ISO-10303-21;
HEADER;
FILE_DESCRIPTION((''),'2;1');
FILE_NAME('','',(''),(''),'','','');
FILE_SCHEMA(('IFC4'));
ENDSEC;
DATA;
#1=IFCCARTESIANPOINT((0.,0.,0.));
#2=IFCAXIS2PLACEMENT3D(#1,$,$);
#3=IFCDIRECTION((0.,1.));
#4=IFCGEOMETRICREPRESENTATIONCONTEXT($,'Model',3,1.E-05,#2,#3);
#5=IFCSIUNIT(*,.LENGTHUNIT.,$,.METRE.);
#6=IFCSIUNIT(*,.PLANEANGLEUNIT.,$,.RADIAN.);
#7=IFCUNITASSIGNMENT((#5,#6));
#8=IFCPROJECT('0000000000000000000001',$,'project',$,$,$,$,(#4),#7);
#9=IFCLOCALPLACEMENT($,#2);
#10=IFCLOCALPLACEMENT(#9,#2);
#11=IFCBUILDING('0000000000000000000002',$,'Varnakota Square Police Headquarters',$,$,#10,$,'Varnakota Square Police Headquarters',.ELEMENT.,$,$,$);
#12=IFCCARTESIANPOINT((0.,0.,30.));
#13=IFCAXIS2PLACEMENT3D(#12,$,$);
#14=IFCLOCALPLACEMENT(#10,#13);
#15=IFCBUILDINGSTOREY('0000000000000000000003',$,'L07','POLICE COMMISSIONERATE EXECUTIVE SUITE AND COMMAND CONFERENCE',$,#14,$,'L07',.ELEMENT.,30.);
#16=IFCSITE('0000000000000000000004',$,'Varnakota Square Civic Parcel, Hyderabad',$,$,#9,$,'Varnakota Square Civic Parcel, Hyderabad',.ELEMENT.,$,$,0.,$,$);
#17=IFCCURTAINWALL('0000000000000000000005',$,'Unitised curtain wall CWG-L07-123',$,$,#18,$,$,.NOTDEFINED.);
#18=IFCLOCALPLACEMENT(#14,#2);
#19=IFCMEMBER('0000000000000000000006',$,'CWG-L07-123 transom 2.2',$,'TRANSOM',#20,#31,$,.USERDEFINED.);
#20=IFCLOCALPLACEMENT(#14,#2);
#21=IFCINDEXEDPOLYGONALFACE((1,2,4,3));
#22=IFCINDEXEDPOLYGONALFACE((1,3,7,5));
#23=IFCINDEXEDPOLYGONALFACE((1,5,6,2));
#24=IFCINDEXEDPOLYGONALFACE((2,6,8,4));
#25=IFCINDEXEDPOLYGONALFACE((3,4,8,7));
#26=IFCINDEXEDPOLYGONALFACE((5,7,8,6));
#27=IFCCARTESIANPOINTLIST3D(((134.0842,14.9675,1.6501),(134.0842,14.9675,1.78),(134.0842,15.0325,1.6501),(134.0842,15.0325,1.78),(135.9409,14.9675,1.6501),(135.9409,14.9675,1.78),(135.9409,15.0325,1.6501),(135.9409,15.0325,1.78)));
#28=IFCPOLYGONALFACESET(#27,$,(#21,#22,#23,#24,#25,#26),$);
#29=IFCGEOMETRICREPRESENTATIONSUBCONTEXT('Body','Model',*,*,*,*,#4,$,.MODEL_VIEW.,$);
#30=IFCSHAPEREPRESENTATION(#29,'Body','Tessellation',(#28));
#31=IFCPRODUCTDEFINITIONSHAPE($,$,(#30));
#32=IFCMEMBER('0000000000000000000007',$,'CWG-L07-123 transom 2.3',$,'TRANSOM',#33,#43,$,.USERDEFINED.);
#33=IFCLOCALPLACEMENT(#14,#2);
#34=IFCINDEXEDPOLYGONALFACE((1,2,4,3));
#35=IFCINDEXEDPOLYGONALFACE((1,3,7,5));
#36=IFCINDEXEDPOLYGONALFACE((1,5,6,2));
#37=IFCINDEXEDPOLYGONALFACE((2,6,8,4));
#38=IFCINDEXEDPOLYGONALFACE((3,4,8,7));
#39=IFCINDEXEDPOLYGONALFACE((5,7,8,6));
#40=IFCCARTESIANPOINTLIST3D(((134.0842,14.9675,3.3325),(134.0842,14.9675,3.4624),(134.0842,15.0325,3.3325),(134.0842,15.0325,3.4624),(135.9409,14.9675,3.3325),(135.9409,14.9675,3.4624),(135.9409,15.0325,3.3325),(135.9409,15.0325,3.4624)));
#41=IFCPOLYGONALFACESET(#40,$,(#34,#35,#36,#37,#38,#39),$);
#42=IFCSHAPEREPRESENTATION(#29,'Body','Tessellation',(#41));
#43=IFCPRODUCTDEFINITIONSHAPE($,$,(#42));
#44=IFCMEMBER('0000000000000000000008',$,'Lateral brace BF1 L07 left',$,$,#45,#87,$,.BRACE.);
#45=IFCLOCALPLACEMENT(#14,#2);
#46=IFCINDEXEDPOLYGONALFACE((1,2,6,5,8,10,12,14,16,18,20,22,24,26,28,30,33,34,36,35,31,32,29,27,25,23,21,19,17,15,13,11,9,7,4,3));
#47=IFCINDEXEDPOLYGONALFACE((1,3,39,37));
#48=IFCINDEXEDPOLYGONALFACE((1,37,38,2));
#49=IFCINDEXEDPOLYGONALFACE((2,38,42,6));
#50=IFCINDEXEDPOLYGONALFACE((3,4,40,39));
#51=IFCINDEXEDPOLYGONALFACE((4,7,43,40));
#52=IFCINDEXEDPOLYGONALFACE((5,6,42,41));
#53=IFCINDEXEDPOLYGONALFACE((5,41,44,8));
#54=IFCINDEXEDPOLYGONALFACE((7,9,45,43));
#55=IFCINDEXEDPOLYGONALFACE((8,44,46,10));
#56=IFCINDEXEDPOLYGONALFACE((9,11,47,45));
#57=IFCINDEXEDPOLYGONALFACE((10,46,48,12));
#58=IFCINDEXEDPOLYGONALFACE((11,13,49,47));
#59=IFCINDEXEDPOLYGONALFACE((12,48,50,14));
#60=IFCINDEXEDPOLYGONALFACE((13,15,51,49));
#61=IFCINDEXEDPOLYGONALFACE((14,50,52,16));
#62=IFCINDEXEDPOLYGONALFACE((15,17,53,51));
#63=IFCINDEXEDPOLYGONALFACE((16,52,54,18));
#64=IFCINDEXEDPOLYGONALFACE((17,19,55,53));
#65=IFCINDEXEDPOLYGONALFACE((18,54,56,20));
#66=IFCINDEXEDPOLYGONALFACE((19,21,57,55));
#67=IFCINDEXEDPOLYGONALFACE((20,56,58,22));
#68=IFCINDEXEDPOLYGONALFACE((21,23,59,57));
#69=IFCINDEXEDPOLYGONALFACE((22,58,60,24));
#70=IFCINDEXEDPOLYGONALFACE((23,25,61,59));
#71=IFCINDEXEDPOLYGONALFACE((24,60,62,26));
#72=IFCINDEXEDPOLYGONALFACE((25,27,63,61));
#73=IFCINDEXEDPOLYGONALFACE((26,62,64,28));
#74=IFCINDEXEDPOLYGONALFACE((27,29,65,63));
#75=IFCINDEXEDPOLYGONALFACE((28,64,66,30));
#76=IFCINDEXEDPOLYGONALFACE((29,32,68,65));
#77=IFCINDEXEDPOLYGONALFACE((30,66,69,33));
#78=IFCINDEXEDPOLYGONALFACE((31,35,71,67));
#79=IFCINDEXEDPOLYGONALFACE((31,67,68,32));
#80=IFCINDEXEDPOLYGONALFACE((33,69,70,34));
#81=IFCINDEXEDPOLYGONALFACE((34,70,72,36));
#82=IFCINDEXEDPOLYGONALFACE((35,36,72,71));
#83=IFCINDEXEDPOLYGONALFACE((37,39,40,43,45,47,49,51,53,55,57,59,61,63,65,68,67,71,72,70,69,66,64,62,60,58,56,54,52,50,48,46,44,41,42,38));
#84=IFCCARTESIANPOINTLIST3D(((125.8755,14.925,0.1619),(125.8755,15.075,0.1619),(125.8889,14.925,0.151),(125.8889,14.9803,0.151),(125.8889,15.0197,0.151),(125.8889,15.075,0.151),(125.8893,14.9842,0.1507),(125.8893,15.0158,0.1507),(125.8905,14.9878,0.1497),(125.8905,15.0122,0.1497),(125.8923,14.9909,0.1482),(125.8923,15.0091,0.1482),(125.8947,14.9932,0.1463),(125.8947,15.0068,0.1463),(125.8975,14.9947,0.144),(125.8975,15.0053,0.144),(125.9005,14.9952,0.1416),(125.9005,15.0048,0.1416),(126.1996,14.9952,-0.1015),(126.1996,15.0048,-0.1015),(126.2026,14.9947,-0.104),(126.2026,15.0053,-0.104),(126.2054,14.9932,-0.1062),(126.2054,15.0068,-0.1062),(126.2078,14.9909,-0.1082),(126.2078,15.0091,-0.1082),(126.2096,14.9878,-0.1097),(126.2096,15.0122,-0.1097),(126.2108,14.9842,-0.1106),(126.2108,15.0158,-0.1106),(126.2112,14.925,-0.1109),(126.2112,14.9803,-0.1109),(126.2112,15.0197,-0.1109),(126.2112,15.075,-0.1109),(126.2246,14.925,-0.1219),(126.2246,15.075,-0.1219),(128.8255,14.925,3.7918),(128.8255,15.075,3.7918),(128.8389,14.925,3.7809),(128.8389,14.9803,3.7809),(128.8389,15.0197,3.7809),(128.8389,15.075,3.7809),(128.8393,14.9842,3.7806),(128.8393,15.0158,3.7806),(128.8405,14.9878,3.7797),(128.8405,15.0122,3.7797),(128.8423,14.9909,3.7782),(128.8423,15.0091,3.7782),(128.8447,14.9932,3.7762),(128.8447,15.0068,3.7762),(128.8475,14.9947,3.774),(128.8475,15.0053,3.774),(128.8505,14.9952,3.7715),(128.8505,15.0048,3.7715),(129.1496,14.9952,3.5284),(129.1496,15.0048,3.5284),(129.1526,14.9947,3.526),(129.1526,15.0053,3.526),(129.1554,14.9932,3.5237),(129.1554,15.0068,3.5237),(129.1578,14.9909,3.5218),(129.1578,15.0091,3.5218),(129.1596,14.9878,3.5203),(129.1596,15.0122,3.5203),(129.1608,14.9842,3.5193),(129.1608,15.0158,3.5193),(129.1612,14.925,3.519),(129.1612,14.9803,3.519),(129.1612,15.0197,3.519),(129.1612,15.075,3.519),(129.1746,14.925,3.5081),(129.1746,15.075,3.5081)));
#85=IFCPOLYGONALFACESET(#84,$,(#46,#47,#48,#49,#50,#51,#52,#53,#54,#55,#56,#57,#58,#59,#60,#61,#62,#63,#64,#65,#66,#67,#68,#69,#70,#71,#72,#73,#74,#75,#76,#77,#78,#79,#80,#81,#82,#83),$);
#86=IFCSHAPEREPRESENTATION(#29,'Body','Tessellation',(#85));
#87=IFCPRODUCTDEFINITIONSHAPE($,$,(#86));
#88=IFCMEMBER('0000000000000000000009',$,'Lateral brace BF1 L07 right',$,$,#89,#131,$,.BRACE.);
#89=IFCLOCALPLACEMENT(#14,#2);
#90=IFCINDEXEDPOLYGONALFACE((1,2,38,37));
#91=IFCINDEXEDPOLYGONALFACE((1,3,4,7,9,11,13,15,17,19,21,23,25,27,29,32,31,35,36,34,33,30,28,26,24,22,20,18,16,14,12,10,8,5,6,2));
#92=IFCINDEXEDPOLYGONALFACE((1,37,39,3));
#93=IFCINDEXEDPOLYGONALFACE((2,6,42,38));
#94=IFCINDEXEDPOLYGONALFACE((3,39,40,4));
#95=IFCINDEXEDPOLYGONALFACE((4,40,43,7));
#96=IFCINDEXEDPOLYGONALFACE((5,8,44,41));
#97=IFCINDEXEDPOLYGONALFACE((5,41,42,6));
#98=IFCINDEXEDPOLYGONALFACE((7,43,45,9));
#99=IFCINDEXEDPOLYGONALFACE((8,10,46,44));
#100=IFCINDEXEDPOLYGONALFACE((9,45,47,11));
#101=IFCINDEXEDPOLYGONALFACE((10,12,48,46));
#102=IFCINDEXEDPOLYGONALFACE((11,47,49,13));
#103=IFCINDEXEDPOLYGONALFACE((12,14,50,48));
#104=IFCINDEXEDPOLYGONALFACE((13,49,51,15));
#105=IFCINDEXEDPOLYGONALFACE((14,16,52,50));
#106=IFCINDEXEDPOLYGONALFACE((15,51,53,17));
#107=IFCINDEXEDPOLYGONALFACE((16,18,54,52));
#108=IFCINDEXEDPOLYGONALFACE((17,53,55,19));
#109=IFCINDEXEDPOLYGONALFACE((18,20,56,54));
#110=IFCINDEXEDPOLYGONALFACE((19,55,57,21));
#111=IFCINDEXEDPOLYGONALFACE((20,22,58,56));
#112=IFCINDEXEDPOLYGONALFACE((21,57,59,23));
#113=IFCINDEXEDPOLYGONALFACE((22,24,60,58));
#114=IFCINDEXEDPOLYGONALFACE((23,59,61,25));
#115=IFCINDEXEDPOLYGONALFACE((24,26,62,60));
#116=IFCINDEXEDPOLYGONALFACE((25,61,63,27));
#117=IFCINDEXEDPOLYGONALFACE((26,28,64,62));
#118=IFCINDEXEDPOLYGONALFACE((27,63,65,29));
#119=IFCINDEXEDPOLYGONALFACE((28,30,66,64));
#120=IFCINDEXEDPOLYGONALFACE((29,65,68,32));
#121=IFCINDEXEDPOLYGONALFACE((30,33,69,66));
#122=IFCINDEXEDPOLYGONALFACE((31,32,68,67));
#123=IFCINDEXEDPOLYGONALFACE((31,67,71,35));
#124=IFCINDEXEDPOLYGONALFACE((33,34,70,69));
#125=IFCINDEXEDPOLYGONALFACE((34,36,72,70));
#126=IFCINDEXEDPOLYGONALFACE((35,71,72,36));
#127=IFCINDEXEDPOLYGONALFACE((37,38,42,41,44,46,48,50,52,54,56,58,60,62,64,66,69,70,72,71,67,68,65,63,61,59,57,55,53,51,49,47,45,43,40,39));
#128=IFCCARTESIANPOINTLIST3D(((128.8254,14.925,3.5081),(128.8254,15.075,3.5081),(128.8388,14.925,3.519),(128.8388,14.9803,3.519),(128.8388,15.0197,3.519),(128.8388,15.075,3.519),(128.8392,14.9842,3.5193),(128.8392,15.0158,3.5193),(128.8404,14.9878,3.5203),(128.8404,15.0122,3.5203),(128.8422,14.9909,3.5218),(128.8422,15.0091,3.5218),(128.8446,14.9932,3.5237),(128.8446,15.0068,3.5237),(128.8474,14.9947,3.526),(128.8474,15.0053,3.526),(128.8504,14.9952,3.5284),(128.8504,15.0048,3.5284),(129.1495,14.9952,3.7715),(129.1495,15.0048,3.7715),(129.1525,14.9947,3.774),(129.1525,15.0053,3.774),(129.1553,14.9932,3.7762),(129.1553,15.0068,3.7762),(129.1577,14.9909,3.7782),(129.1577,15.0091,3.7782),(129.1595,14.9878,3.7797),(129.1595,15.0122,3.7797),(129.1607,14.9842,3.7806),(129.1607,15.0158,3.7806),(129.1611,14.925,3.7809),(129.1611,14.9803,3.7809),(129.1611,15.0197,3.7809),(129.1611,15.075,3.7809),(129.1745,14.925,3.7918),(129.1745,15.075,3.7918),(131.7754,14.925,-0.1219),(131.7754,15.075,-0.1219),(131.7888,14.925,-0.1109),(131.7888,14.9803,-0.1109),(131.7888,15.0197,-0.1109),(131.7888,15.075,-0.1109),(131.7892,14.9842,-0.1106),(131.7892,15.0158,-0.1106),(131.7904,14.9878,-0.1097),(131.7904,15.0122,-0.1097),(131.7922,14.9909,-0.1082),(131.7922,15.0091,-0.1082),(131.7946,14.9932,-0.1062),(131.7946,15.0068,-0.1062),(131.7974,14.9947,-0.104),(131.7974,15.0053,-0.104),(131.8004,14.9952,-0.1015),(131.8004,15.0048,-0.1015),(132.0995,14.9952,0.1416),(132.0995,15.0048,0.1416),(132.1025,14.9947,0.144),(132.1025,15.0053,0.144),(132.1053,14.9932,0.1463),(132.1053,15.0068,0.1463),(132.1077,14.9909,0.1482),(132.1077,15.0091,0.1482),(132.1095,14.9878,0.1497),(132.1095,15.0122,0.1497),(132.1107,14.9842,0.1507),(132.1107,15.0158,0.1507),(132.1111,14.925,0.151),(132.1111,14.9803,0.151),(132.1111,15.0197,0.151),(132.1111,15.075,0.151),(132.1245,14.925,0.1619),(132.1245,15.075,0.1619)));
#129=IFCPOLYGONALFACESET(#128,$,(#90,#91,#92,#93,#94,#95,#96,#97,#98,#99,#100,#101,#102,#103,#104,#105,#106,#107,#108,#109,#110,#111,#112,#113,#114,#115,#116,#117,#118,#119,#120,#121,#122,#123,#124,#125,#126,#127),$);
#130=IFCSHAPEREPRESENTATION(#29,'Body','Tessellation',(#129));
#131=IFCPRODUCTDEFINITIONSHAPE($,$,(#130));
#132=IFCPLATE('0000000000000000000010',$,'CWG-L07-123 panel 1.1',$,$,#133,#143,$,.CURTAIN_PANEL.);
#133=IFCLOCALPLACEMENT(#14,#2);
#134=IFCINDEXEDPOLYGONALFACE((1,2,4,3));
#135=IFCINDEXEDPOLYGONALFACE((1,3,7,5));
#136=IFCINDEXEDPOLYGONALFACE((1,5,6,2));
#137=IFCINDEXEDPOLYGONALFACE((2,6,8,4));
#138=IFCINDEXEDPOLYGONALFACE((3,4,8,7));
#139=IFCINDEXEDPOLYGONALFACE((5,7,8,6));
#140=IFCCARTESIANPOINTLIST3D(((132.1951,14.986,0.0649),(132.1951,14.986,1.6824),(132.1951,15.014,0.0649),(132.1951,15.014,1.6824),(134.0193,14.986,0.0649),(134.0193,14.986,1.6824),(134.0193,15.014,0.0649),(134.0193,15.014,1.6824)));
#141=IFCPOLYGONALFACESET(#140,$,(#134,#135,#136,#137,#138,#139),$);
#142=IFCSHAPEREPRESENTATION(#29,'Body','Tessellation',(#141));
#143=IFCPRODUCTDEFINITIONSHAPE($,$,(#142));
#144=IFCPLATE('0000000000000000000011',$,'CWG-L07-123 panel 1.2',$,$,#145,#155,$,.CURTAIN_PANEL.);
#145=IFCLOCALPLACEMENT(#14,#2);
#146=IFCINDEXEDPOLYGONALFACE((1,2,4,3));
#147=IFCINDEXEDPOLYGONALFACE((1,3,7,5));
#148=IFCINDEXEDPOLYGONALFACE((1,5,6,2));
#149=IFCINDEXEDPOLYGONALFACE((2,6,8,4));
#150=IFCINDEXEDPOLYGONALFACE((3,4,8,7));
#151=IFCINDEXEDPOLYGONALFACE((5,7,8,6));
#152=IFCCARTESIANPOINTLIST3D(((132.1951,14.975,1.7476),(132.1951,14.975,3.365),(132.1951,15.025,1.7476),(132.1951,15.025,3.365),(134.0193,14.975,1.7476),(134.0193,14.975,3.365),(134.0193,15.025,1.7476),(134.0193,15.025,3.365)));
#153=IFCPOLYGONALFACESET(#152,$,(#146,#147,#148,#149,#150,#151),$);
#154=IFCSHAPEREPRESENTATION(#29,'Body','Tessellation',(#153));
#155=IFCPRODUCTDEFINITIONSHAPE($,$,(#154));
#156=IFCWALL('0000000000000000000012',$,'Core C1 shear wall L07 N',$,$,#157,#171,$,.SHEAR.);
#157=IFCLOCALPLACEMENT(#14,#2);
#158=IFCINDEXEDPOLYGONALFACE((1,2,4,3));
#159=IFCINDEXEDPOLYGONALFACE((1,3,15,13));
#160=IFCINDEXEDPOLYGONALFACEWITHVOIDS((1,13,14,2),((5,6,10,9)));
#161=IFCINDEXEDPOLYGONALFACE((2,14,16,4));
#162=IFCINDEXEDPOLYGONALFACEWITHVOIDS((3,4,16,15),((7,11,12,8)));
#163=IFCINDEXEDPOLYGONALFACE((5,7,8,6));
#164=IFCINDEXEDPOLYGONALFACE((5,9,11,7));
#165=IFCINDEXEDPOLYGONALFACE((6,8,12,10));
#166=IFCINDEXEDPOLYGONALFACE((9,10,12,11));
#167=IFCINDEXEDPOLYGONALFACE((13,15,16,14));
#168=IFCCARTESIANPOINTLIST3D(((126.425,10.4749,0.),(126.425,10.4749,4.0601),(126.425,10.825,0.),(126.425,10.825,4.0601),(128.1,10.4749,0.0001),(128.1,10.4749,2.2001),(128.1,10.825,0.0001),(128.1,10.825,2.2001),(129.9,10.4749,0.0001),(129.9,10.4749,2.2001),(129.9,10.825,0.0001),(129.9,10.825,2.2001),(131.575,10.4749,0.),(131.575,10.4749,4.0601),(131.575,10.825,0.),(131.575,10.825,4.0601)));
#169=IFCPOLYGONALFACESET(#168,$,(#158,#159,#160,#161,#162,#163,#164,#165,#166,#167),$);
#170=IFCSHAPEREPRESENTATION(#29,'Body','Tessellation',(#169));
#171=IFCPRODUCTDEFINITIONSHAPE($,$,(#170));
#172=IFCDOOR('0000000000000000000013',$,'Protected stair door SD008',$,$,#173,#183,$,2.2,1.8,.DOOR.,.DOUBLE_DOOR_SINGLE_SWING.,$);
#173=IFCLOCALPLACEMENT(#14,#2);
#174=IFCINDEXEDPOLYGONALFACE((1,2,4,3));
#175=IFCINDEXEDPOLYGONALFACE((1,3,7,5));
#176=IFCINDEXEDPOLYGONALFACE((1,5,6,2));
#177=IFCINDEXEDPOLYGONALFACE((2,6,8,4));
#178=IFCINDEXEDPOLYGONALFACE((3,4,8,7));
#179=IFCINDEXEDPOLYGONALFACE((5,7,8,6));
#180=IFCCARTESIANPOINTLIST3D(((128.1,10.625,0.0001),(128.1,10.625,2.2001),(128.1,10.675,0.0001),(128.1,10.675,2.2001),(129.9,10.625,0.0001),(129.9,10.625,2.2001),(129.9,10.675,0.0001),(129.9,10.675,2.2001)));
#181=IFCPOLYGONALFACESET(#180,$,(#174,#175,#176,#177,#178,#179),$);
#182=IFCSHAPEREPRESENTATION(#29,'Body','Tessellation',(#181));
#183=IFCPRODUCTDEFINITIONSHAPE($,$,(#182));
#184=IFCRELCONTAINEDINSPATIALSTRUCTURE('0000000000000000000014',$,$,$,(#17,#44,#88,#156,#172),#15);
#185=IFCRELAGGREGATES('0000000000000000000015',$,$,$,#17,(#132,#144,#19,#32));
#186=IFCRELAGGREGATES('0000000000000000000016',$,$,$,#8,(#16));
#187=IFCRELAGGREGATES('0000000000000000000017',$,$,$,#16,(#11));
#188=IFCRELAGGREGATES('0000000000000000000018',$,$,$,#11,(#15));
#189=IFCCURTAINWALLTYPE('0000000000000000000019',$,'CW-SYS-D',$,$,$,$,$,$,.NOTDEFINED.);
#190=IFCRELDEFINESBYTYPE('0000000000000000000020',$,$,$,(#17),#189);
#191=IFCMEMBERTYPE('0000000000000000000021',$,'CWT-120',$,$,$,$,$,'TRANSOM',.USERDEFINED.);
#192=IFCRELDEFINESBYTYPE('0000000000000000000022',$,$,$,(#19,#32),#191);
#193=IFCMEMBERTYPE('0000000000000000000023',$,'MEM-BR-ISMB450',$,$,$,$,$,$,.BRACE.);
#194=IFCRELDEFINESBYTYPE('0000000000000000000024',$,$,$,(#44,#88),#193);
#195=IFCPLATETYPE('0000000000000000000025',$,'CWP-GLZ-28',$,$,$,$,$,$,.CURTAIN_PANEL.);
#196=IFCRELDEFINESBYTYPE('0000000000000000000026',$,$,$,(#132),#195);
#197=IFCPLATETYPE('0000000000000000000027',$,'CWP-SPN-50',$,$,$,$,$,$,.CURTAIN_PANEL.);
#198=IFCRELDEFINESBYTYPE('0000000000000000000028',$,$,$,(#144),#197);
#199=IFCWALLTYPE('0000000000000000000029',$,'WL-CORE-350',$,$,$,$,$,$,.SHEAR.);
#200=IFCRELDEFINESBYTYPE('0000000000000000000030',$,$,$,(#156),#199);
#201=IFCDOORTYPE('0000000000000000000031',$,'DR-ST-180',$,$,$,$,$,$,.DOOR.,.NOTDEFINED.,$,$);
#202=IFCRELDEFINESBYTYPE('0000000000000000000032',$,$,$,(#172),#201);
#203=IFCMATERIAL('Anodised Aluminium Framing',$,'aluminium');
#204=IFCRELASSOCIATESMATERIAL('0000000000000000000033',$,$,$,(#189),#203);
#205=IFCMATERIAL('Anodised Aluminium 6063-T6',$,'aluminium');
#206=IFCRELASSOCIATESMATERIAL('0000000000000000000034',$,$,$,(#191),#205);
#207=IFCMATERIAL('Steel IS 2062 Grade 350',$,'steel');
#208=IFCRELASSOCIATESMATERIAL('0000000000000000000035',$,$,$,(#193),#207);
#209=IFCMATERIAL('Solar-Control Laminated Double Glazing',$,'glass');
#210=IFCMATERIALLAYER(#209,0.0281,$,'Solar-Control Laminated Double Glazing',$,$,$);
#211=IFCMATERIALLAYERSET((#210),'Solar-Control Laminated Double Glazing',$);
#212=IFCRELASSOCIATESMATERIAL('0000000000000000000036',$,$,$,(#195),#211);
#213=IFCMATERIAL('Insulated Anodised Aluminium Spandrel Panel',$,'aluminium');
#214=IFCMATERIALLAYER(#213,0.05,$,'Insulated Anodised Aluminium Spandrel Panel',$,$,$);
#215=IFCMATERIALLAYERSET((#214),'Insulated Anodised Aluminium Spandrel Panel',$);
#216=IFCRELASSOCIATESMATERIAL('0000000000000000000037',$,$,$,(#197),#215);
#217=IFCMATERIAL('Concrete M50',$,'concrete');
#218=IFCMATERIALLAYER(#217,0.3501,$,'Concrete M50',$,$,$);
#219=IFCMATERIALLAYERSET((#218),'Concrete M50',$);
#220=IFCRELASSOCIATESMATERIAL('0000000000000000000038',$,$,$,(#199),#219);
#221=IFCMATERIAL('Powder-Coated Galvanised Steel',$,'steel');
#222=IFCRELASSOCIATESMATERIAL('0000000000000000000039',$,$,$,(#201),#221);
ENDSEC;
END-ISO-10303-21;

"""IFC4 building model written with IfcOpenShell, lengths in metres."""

from ifc_helpers import new_model, si_unit, direction, frame, frame_2d, origin, origin_2d, place, context, subcontext, project, spatial, rectangle, i_section, extrude, material, layer, layer_set, material_profile, profile_set, type_object, element, fill, aggregate, save


model = new_model("IFC4")

# Units and contexts
model_context = context("Model", 3, precision=1e-05, world=origin(), true_north=direction((0.0, 1.0)))
body_context = subcontext(model_context, "Body", "Model", "MODEL_VIEW")
ifc_project = project(units=[si_unit("LENGTHUNIT", "METRE"), si_unit("PLANEANGLEUNIT", "RADIAN")], contexts=[model_context])

# Site, building, storey
site_placement = place(None, origin())
site = spatial("IfcSite", under=ifc_project, at=site_placement, Name="Varnakota Square Civic Parcel, Hyderabad", LongName="Varnakota Square Civic Parcel, Hyderabad", CompositionType="ELEMENT", RefElevation=0.0)
building_placement = place(site_placement, origin())
building = spatial("IfcBuilding", under=site, at=building_placement, Name="Varnakota Square Police Headquarters", LongName="Varnakota Square Police Headquarters", CompositionType="ELEMENT")
storey_placement = place(building_placement, frame((0.0, 0.0, 30.0)))
storey = spatial("IfcBuildingStorey", under=building, at=storey_placement, Name="L07", Description="POLICE COMMISSIONERATE EXECUTIVE SUITE AND COMMAND CONFERENCE", LongName="L07", CompositionType="ELEMENT", Elevation=30.0)

# Shared definitions
ifc_material_1 = material(Name="Steel IS 2062 Grade 350", Category="steel")

# Shared definitions
ifc_material_2 = material(Name="Anodised Aluminium Framing", Category="aluminium")
curtain_wall_type = type_object("IfcCurtainWallType", Name="CW-SYS-D", PredefinedType="NOTDEFINED", material=ifc_material_2)
ifc_material_3 = material(Name="Anodised Aluminium 6063-T6", Category="aluminium")

# Curtain wall, members
curtain_wall_1_placement = place(storey_placement, origin())
curtain_wall_1 = element("IfcCurtainWall", 1, at=curtain_wall_1_placement, inside=storey, type_object=curtain_wall_type, Name="Unitised curtain wall CWG-L07-123", PredefinedType="NOTDEFINED")
ifc_material_profile_1 = material_profile(ifc_material_3, rectangle(XDim=0.0649, YDim=0.1299, at=origin_2d()), Name="ALU TRANSOM 65x130")
ifc_profile_set_1 = profile_set([ifc_material_profile_1], Name="Anodised Aluminium 6063-T6")
member_type_1 = type_object("IfcMemberType", Name="CWT-120", ElementType="TRANSOM", PredefinedType="USERDEFINED", material=ifc_profile_set_1)
member_1_placement = place(storey_placement, frame((134.0842, 15.0, 1.7151), z_axis=(1.0, 0.0, 0.0), x_axis=(0.0, 1.0, 0.0)))
member_1 = element("IfcMember", 2, at=member_1_placement, type_object=member_type_1, Name="CWG-L07-123 transom 2.2", ObjectType="TRANSOM", PredefinedType="USERDEFINED", context=body_context, shape_type="SweptSolid", body=[
    extrude(rectangle(XDim=0.0649, YDim=0.1299, at=origin_2d()), origin(), (0.0, 0.0, 1.0), 1.8567),
])
member_2_placement = place(storey_placement, frame((134.0842, 15.0, 3.3975), z_axis=(1.0, 0.0, 0.0), x_axis=(0.0, 1.0, 0.0)))
member_2 = element("IfcMember", 3, at=member_2_placement, type_object=member_type_1, Name="CWG-L07-123 transom 2.3", ObjectType="TRANSOM", PredefinedType="USERDEFINED", context=body_context, shape_type="SweptSolid", body=[
    extrude(rectangle(XDim=0.0649, YDim=0.1299, at=origin_2d()), origin(), (0.0, 0.0, 1.0), 1.8567),
])

# Members
ifc_material_profile_2 = material_profile(ifc_material_1, i_section(OverallWidth=0.1499, OverallDepth=0.45, WebThickness=0.0095, FlangeThickness=0.0173, FilletRadius=0.0149, at=origin_2d()), Name="ISMB 450")
ifc_profile_set_2 = profile_set([ifc_material_profile_2], Name="Steel IS 2062 Grade 350")
member_type_2 = type_object("IfcMemberType", Name="MEM-BR-ISMB450", PredefinedType="BRACE", material=ifc_profile_set_2)
for number, where, z_axis, x_axis, name in (
    (4, (126.05, 15.0, 0.02), (0.630679, 0.0, 0.776044), (0.0, 1.0, 0.0), "Lateral brace BF1 L07 left"),
    (5, (131.95, 15.0, 0.02), (-0.630679, 0.0, 0.776044), (0.0, -1.0, 0.0), "Lateral brace BF1 L07 right"),
):
    element("IfcMember", number, at=place(storey_placement, frame(where, z_axis=z_axis, x_axis=x_axis)), inside=storey, type_object=member_type_2, Name=name, PredefinedType="BRACE", context=body_context, shape_type="SweptSolid", body=[
        extrude(i_section(OverallWidth=0.1499, OverallDepth=0.45, WebThickness=0.0095, FlangeThickness=0.0173, FilletRadius=0.0149, at=origin_2d()), origin(), (0.0, 0.0, 1.0), 4.6775),
    ])

# Plates
ifc_material_4 = material(Name="Solar-Control Laminated Double Glazing", Category="glass")
ifc_layer_1 = layer(ifc_material_4, 0.0281, Name="Solar-Control Laminated Double Glazing")
ifc_layer_set_1 = layer_set([ifc_layer_1], Name="Solar-Control Laminated Double Glazing")
plate_type_1 = type_object("IfcPlateType", Name="CWP-GLZ-28", PredefinedType="CURTAIN_PANEL", material=ifc_layer_set_1)
plate_1_placement = place(storey_placement, frame((133.1072, 15.0, 0.0649), z_axis=(0.0, 0.0, 1.0), x_axis=(1.0, 0.0, 0.0)))
plate_1 = element("IfcPlate", 6, at=plate_1_placement, type_object=plate_type_1, Name="CWG-L07-123 panel 1.1", PredefinedType="CURTAIN_PANEL", context=body_context, shape_type="SweptSolid", body=[
    extrude(rectangle(XDim=1.8242, YDim=0.0281, at=origin_2d()), origin(), (0.0, 0.0, 1.0), 1.6174),
])
ifc_material_5 = material(Name="Insulated Anodised Aluminium Spandrel Panel", Category="aluminium")
ifc_layer_2 = layer(ifc_material_5, 0.05, Name="Insulated Anodised Aluminium Spandrel Panel")
ifc_layer_set_2 = layer_set([ifc_layer_2], Name="Insulated Anodised Aluminium Spandrel Panel")
plate_type_2 = type_object("IfcPlateType", Name="CWP-SPN-50", PredefinedType="CURTAIN_PANEL", material=ifc_layer_set_2)
plate_2_placement = place(storey_placement, frame((133.1072, 15.0, 1.7476), z_axis=(0.0, 0.0, 1.0), x_axis=(1.0, 0.0, 0.0)))
plate_2 = element("IfcPlate", 7, at=plate_2_placement, type_object=plate_type_2, Name="CWG-L07-123 panel 1.2", PredefinedType="CURTAIN_PANEL", context=body_context, shape_type="SweptSolid", body=[
    extrude(rectangle(XDim=1.8242, YDim=0.05, at=origin_2d()), origin(), (0.0, 0.0, 1.0), 1.6174),
])
aggregate(curtain_wall_1, [plate_1, plate_2, member_1, member_2])

# Wall, opening, door
ifc_material_6 = material(Name="Concrete M50", Category="concrete")
ifc_layer_3 = layer(ifc_material_6, 0.3501, Name="Concrete M50")
ifc_layer_set_3 = layer_set([ifc_layer_3], Name="Concrete M50")
wall_type_1 = type_object("IfcWallType", Name="WL-CORE-350", PredefinedType="SHEAR", material=ifc_layer_set_3)
wall_1_placement = place(storey_placement, frame((131.575, 10.6499, 0.0), z_axis=(0.0, 0.0, 1.0), x_axis=(-1.0, 0.0, 0.0)))
wall_1 = element("IfcWall", 8, at=wall_1_placement, inside=storey, type_object=wall_type_1, Name="Core C1 shear wall L07 N", PredefinedType="SHEAR", context=body_context, shape_type="SweptSolid", body=[
    extrude(rectangle(XDim=5.1499, YDim=0.3501, at=frame_2d((2.575, 0.0))), origin(), (0.0, 0.0, 1.0), 4.0601),
])
opening_1_placement = place(wall_1_placement, frame((1.675, 0.0, 0.0)))
opening_1 = element("IfcOpeningElement", 9, at=opening_1_placement, cuts=wall_1, PredefinedType="OPENING", context=body_context, shape_type="SweptSolid", body=[
    extrude(rectangle(XDim=1.8, YDim=2.2, at=frame_2d((0.8999, 1.1001))), frame((0.0, 0.1851, 0.0), z_axis=(0.0, -1.0, 0.0), x_axis=(1.0, 0.0, 0.0)), (0.0, 0.0, 1.0), 0.3701),
])
ifc_material_7 = material(Name="Powder-Coated Galvanised Steel", Category="steel")
door_type_1 = type_object("IfcDoorType", Name="DR-ST-180", OperationType="NOTDEFINED", PredefinedType="DOOR", material=ifc_material_7)
door_1_placement = place(opening_1_placement, origin())
door_1 = element("IfcDoor", 10, at=door_1_placement, inside=storey, type_object=door_type_1, Name="Protected stair door SD008", OperationType="DOUBLE_DOOR_SINGLE_SWING", OverallHeight=2.2, OverallWidth=1.8, PredefinedType="DOOR", context=body_context, shape_type="SweptSolid", body=[
    extrude(rectangle(XDim=1.8, YDim=2.2, at=frame_2d((0.8999, 1.1001))), frame((0.0, 0.0249, 0.0), z_axis=(0.0, -1.0, 0.0), x_axis=(1.0, 0.0, 0.0)), (0.0, 0.0, 1.0), 0.05),
])
fill(opening_1, door_1)

save(model, "model.ifc")
